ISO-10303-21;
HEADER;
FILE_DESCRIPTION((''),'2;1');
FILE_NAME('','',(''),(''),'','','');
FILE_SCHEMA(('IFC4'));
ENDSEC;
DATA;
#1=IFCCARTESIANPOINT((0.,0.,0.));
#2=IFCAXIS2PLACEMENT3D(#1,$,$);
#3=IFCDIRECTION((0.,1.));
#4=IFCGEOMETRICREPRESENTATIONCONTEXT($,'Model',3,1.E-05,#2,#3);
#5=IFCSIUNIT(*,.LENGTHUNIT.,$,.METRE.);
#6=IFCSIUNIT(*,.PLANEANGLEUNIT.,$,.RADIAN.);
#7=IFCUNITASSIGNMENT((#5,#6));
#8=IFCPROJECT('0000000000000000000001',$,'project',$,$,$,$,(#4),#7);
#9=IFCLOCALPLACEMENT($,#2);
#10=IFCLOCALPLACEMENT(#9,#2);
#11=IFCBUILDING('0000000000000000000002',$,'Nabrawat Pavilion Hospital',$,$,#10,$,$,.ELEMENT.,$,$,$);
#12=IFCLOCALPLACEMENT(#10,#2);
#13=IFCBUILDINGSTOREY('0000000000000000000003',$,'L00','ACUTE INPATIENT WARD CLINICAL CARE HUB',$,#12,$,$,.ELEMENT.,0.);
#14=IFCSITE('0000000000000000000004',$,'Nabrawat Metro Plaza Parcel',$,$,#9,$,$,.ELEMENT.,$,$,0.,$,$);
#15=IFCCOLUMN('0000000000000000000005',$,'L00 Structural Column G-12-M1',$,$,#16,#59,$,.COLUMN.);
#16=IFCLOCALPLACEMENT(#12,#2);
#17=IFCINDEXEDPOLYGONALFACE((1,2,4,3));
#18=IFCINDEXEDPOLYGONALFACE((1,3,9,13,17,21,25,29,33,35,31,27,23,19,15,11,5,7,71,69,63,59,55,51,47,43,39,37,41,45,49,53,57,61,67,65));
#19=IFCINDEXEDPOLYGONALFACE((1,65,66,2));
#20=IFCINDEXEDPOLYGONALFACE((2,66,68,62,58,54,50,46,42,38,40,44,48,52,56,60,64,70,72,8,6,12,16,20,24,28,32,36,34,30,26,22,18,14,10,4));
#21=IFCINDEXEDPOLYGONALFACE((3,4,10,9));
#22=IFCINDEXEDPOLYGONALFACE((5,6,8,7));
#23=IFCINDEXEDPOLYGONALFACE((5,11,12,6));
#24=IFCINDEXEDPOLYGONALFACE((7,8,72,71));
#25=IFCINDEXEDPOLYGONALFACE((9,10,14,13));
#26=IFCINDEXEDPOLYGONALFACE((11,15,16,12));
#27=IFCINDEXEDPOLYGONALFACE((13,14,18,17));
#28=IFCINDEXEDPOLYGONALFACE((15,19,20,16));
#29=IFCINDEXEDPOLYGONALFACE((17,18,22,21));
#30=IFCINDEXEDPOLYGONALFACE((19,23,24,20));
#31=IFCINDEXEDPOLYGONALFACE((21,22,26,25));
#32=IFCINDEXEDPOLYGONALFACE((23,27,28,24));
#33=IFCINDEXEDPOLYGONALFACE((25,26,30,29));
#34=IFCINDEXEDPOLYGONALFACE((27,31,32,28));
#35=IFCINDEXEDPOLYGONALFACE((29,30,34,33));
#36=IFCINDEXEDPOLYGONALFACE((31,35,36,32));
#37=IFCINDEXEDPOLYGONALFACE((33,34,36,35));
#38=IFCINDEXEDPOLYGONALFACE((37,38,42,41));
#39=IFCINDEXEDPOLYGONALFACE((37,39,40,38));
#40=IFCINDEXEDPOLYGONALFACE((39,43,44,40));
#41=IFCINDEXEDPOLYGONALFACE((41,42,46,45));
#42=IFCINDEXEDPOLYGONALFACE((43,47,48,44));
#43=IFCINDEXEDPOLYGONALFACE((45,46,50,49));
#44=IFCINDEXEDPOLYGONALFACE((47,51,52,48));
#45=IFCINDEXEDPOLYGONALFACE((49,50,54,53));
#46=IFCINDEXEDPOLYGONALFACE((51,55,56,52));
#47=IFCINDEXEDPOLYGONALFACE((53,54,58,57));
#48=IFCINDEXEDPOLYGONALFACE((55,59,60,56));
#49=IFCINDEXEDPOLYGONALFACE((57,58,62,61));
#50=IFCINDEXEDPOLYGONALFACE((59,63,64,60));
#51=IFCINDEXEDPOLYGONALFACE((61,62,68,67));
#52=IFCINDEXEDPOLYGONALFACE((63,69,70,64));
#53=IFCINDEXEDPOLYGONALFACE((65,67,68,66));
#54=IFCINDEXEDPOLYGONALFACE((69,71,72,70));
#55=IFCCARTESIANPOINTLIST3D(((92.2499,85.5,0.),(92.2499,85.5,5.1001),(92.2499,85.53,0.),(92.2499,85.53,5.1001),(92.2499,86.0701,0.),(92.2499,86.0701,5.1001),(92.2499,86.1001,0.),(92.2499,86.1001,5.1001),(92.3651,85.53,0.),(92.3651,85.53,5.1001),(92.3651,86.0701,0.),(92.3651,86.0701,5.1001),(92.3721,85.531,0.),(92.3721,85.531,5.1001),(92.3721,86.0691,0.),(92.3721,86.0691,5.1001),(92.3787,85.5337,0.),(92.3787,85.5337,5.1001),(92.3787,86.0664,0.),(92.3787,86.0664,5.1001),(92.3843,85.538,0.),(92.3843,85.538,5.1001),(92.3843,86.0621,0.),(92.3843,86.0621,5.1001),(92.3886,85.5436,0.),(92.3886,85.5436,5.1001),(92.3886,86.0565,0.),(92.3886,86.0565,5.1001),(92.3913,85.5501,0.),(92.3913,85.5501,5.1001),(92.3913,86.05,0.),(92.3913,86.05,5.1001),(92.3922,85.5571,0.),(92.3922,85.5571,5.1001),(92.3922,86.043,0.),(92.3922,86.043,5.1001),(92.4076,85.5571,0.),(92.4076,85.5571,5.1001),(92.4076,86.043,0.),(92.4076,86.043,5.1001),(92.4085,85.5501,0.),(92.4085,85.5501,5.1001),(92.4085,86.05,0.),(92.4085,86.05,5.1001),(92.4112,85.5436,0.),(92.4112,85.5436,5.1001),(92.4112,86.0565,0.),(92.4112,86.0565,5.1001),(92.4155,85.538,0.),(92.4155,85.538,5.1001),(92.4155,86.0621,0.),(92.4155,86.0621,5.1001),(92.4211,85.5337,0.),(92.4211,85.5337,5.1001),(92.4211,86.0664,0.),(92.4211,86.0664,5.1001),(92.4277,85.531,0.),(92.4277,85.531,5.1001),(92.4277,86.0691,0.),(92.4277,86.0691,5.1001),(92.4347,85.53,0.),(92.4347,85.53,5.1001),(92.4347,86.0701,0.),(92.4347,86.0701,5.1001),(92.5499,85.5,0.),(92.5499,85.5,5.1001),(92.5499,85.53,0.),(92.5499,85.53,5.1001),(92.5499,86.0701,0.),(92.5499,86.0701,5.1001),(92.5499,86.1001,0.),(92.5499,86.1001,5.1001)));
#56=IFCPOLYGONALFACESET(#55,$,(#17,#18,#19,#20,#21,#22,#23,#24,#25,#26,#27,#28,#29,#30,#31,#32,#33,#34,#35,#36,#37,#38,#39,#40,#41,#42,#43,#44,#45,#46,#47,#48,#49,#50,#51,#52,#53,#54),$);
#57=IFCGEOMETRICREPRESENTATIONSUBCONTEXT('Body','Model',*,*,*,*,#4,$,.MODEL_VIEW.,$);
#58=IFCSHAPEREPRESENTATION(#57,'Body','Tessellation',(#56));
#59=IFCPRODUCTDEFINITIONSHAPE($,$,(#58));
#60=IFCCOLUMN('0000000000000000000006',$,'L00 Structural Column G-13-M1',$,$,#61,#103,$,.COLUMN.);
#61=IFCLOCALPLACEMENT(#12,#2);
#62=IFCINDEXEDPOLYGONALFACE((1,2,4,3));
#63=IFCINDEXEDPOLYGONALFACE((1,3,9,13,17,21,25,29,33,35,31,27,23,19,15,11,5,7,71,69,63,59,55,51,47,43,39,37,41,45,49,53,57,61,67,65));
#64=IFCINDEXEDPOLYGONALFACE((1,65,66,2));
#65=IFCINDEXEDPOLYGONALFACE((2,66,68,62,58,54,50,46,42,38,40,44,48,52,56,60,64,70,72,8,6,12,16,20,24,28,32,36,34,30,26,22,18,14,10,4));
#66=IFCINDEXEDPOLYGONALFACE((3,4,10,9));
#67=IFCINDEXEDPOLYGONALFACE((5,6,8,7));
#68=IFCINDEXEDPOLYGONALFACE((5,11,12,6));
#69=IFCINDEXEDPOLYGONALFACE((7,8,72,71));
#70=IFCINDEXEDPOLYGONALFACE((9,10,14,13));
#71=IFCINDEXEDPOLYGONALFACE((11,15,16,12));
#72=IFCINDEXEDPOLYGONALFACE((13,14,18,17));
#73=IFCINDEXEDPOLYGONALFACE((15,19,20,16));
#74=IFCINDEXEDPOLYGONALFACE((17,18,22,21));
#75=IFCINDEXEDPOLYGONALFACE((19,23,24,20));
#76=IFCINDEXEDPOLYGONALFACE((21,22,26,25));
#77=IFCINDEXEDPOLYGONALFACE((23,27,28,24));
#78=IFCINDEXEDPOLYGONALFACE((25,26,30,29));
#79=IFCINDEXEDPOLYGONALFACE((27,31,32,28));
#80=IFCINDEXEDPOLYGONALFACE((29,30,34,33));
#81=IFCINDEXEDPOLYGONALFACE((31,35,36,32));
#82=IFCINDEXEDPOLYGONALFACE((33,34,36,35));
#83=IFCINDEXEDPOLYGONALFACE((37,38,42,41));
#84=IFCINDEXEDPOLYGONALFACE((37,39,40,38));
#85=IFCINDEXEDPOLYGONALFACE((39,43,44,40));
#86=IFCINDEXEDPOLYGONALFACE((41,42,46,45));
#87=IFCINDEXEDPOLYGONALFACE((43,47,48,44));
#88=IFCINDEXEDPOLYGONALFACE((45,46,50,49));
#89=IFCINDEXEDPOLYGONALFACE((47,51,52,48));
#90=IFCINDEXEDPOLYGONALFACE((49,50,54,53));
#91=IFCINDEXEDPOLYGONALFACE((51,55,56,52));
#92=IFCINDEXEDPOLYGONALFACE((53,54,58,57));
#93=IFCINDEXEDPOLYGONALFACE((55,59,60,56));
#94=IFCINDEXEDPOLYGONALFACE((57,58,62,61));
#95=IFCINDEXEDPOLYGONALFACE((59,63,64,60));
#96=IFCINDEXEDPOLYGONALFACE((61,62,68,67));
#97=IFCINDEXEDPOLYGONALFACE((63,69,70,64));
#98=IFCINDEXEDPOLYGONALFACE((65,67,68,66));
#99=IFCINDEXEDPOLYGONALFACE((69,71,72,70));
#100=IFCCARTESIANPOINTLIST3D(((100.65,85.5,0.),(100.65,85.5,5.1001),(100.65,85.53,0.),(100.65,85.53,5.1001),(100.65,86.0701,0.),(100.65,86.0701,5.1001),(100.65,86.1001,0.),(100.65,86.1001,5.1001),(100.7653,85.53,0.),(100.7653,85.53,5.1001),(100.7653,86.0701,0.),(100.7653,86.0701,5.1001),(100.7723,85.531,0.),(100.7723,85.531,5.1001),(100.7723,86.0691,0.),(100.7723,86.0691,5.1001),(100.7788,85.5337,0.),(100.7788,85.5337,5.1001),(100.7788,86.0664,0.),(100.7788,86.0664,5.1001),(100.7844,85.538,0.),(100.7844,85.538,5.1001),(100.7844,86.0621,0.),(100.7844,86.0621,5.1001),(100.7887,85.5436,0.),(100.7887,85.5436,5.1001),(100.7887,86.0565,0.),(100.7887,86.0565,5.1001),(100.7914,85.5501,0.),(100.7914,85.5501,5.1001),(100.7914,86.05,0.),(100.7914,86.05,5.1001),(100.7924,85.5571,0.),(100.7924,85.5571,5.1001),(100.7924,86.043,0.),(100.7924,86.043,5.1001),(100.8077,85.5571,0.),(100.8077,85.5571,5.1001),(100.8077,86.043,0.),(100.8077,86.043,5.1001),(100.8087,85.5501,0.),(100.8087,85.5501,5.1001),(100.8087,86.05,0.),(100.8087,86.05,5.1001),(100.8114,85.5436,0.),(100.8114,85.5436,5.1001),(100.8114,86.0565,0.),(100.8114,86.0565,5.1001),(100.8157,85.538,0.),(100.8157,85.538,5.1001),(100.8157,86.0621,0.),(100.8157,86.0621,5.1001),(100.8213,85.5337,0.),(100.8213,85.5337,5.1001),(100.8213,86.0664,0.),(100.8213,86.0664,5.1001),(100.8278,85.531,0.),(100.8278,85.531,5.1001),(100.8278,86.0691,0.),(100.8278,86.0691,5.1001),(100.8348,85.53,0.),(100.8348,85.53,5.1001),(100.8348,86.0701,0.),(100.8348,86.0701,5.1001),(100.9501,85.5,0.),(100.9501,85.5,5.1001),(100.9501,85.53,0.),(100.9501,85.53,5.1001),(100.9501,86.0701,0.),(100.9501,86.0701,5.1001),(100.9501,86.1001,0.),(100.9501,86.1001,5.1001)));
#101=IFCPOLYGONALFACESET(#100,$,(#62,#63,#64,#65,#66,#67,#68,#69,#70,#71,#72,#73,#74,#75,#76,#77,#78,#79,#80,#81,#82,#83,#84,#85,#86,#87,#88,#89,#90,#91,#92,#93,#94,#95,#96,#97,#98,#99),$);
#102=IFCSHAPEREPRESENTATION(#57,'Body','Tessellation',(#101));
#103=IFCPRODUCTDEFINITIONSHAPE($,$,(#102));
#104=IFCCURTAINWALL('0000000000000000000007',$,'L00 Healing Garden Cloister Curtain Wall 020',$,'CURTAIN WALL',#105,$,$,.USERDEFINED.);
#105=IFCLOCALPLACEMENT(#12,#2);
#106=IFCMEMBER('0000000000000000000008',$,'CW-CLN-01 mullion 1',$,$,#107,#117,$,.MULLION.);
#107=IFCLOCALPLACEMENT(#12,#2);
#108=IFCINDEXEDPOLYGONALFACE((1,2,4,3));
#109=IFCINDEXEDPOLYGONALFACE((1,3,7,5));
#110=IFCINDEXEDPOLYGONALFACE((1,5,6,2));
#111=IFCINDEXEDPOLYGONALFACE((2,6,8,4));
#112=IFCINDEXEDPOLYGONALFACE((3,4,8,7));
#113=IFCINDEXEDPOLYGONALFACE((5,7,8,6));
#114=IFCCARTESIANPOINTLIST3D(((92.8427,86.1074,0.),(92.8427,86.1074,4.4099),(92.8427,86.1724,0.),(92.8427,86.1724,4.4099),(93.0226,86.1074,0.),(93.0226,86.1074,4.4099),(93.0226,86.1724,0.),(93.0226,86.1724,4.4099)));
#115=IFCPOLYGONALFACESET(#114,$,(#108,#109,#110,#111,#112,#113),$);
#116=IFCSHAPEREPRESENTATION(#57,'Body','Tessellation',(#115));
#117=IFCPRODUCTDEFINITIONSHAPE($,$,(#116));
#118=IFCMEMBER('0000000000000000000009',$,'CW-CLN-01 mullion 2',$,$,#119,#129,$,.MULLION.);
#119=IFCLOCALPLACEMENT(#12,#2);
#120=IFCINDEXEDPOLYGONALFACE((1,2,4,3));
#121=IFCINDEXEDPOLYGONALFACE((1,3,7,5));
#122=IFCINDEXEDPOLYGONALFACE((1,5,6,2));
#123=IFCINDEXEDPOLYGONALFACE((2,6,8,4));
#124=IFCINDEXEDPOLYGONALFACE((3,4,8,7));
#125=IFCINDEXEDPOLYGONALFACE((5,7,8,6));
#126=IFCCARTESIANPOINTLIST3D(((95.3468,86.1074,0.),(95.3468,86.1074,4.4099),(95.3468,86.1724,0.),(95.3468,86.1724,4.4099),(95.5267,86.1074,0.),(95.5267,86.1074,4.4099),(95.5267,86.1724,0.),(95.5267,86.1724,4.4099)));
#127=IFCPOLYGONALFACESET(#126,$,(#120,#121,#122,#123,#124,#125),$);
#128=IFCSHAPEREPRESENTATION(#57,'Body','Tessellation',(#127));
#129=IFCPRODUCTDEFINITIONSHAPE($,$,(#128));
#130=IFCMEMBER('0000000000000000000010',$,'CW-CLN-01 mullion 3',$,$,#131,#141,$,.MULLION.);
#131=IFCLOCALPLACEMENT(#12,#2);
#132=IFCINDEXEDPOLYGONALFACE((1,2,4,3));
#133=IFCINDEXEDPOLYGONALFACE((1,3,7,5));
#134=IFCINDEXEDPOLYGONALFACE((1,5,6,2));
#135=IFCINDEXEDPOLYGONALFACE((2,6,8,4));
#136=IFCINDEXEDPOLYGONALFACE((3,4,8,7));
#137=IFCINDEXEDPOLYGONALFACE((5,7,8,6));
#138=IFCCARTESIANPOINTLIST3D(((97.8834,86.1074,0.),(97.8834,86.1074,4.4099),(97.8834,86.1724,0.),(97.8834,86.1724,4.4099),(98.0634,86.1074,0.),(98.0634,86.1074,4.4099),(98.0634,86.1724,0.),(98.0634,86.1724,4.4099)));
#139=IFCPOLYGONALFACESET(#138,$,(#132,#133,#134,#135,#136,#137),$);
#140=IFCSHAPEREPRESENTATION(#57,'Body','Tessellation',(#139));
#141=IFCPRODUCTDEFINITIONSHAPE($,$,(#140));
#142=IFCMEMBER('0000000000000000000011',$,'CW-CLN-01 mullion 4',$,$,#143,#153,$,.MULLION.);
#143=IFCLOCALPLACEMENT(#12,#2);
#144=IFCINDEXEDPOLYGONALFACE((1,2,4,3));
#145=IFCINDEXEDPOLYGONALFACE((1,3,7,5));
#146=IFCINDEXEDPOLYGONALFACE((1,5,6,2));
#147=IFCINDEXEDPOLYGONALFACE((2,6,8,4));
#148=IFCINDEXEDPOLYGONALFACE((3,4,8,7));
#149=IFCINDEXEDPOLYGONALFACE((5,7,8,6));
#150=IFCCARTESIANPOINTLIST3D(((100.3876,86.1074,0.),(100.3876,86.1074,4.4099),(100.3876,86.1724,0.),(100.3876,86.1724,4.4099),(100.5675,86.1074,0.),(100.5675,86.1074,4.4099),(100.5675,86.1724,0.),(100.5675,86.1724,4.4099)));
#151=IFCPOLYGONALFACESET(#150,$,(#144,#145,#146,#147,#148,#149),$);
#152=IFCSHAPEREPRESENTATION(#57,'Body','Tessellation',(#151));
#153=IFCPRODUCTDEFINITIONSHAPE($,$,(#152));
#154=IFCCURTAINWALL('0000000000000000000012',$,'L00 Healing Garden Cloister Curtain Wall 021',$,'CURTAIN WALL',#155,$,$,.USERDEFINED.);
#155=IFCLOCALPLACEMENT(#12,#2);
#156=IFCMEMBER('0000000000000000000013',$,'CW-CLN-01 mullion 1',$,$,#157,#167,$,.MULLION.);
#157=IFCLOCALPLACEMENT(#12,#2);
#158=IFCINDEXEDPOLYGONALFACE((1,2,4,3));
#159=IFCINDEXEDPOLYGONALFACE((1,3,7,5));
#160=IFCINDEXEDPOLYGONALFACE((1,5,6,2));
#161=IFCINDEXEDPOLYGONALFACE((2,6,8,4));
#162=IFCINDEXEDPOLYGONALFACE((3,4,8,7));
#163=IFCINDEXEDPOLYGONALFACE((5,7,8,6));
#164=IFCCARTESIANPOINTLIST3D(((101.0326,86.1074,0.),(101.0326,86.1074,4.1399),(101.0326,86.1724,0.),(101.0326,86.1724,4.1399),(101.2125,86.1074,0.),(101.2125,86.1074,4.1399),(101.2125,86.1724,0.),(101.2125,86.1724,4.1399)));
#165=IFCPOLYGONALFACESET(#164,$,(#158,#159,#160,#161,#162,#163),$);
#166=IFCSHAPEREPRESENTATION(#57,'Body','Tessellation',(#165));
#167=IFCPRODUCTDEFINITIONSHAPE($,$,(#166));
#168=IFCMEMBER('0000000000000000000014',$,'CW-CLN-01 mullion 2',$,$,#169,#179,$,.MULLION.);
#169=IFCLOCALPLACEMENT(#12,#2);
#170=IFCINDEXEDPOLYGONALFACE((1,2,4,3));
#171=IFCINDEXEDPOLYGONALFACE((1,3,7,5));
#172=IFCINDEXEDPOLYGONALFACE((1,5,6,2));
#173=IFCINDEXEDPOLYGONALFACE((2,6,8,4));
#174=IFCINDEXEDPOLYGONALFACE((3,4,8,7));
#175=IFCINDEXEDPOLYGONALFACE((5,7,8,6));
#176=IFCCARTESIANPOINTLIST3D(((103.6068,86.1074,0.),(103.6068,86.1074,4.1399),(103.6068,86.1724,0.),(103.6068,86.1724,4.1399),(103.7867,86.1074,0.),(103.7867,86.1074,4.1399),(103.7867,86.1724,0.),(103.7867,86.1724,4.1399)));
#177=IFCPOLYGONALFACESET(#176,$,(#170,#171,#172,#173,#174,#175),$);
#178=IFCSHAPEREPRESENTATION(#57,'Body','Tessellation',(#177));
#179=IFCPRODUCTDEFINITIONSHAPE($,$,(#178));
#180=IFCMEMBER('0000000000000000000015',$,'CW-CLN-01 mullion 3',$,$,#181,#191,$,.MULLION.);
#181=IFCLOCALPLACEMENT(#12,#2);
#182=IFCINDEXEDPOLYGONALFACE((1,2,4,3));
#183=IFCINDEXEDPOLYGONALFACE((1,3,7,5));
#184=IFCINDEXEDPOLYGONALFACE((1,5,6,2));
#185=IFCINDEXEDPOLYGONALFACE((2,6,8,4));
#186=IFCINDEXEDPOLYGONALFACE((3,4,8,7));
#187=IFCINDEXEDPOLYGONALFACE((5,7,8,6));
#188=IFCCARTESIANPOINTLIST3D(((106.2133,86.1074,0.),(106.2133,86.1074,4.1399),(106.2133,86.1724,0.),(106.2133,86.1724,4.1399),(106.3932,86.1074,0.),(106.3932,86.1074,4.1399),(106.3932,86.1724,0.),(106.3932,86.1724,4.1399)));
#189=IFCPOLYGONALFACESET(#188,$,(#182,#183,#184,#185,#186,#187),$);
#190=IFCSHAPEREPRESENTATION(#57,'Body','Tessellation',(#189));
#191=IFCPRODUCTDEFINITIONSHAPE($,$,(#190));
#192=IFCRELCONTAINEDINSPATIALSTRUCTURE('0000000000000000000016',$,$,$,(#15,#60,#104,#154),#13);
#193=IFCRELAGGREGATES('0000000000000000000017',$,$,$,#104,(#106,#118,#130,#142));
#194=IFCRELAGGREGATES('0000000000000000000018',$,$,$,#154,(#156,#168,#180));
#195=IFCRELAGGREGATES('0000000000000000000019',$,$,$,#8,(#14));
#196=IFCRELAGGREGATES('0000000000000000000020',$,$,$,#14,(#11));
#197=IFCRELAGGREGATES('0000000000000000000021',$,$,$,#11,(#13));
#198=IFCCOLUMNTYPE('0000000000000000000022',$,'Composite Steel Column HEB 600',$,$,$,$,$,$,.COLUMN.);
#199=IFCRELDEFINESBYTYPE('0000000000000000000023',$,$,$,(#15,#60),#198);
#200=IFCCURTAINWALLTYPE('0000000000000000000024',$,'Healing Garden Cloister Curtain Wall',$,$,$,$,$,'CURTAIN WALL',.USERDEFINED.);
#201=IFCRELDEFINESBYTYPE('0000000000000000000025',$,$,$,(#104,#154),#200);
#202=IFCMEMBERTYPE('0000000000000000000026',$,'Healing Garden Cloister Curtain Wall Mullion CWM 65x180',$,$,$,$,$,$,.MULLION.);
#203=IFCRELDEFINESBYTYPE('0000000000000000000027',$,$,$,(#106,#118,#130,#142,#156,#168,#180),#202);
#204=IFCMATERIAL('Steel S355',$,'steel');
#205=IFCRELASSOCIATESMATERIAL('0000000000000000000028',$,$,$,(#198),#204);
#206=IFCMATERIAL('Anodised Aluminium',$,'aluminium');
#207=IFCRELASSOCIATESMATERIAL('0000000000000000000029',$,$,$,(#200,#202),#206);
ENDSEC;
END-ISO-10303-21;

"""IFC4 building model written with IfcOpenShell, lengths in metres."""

from ifc_helpers import new_model, si_unit, direction, frame, origin, origin_2d, place, context, subcontext, project, spatial, rectangle, i_section, extrude, material, material_profile, profile_set, type_object, element, aggregate, save


model = new_model("IFC4")

# Units and contexts
model_context = context("Model", 3, precision=1e-05, world=origin(), true_north=direction((0.0, 1.0)))
body_context = subcontext(model_context, "Body", "Model", "MODEL_VIEW")
ifc_project = project(units=[si_unit("LENGTHUNIT", "METRE"), si_unit("PLANEANGLEUNIT", "RADIAN")], contexts=[model_context])

# Site, building, storey
site_placement = place(None, origin())
site = spatial("IfcSite", under=ifc_project, at=site_placement, Name="Nabrawat Metro Plaza Parcel", CompositionType="ELEMENT", RefElevation=0.0)
building_placement = place(site_placement, origin())
building = spatial("IfcBuilding", under=site, at=building_placement, Name="Nabrawat Pavilion Hospital", CompositionType="ELEMENT")
storey_placement = place(building_placement, origin())
storey = spatial("IfcBuildingStorey", under=building, at=storey_placement, Name="L00", Description="ACUTE INPATIENT WARD CLINICAL CARE HUB", CompositionType="ELEMENT", Elevation=0.0)

# Columns
ifc_material_1 = material(Name="Steel S355", Category="steel")
ifc_material_profile_1 = material_profile(ifc_material_1, i_section(OverallWidth=0.3, OverallDepth=0.6001, WebThickness=0.0154, FlangeThickness=0.03, FilletRadius=0.0271, at=origin_2d()), Name="HEB 600")
ifc_profile_set_1 = profile_set([ifc_material_profile_1], Name="Steel S355")
column_type = type_object("IfcColumnType", Name="Composite Steel Column HEB 600", PredefinedType="COLUMN", material=ifc_profile_set_1)
for number, where, z_axis, x_axis, name in (
    (1, (92.3999, 85.8, 0.0), (0.0, 0.0, 1.0), (1.0, 0.0, 0.0), "L00 Structural Column G-12-M1"),
    (2, (100.8, 85.8, 0.0), (0.0, 0.0, 1.0), (1.0, 0.0, 0.0), "L00 Structural Column G-13-M1"),
):
    element("IfcColumn", number, at=place(storey_placement, frame(where, z_axis=z_axis, x_axis=x_axis)), inside=storey, type_object=column_type, Name=name, PredefinedType="COLUMN", context=body_context, shape_type="SweptSolid", body=[
        extrude(i_section(OverallWidth=0.3, OverallDepth=0.6001, WebThickness=0.0154, FlangeThickness=0.03, FilletRadius=0.0271, at=origin_2d()), origin(), (0.0, 0.0, 1.0), 5.1001),
    ])

# Curtain walls, members
ifc_material_2 = material(Name="Anodised Aluminium", Category="aluminium")
curtain_wall_type = type_object("IfcCurtainWallType", Name="Healing Garden Cloister Curtain Wall", ElementType="CURTAIN WALL", PredefinedType="USERDEFINED", material=ifc_material_2)
curtain_wall_1_placement = place(storey_placement, origin())
curtain_wall_1 = element("IfcCurtainWall", 3, at=curtain_wall_1_placement, inside=storey, type_object=curtain_wall_type, Name="L00 Healing Garden Cloister Curtain Wall 020", ObjectType="CURTAIN WALL", PredefinedType="USERDEFINED")
ifc_material_profile_2 = material_profile(ifc_material_2, rectangle(XDim=0.0649, YDim=0.1799, at=origin_2d()), Name="CWM 65x180")
ifc_profile_set_2 = profile_set([ifc_material_profile_2], Name="Anodised Aluminium")
member_type_1 = type_object("IfcMemberType", Name="Healing Garden Cloister Curtain Wall Mullion CWM 65x180", PredefinedType="MULLION", material=ifc_profile_set_2)
member_1_placement = place(storey_placement, frame((92.9326, 86.1399, 0.0), z_axis=(0.0, 0.0, 1.0), x_axis=(0.0, 1.0, 0.0)))
member_1 = element("IfcMember", 4, at=member_1_placement, type_object=member_type_1, Name="CW-CLN-01 mullion 1", PredefinedType="MULLION", context=body_context, shape_type="SweptSolid", body=[
    extrude(rectangle(XDim=0.0649, YDim=0.1799, at=origin_2d()), origin(), (0.0, 0.0, 1.0), 4.4099),
])
member_2_placement = place(storey_placement, frame((95.4368, 86.1399, 0.0), z_axis=(0.0, 0.0, 1.0), x_axis=(0.0, 1.0, 0.0)))
member_2 = element("IfcMember", 5, at=member_2_placement, type_object=member_type_1, Name="CW-CLN-01 mullion 2", PredefinedType="MULLION", context=body_context, shape_type="SweptSolid", body=[
    extrude(rectangle(XDim=0.0649, YDim=0.1799, at=origin_2d()), origin(), (0.0, 0.0, 1.0), 4.4099),
])
member_3_placement = place(storey_placement, frame((97.9734, 86.1399, 0.0), z_axis=(0.0, 0.0, 1.0), x_axis=(0.0, 1.0, 0.0)))
member_3 = element("IfcMember", 6, at=member_3_placement, type_object=member_type_1, Name="CW-CLN-01 mullion 3", PredefinedType="MULLION", context=body_context, shape_type="SweptSolid", body=[
    extrude(rectangle(XDim=0.0649, YDim=0.1799, at=origin_2d()), origin(), (0.0, 0.0, 1.0), 4.4099),
])
member_4_placement = place(storey_placement, frame((100.4775, 86.1399, 0.0), z_axis=(0.0, 0.0, 1.0), x_axis=(0.0, 1.0, 0.0)))
member_4 = element("IfcMember", 7, at=member_4_placement, type_object=member_type_1, Name="CW-CLN-01 mullion 4", PredefinedType="MULLION", context=body_context, shape_type="SweptSolid", body=[
    extrude(rectangle(XDim=0.0649, YDim=0.1799, at=origin_2d()), origin(), (0.0, 0.0, 1.0), 4.4099),
])
curtain_wall_2_placement = place(storey_placement, origin())
curtain_wall_2 = element("IfcCurtainWall", 8, at=curtain_wall_2_placement, inside=storey, type_object=curtain_wall_type, Name="L00 Healing Garden Cloister Curtain Wall 021", ObjectType="CURTAIN WALL", PredefinedType="USERDEFINED")
member_5_placement = place(storey_placement, frame((101.1226, 86.1399, 0.0), z_axis=(0.0, 0.0, 1.0), x_axis=(0.0, 1.0, 0.0)))
member_5 = element("IfcMember", 9, at=member_5_placement, type_object=member_type_1, Name="CW-CLN-01 mullion 1", PredefinedType="MULLION", context=body_context, shape_type="SweptSolid", body=[
    extrude(rectangle(XDim=0.0649, YDim=0.1799, at=origin_2d()), origin(), (0.0, 0.0, 1.0), 4.1399),
])
member_6_placement = place(storey_placement, frame((103.6968, 86.1399, 0.0), z_axis=(0.0, 0.0, 1.0), x_axis=(0.0, 1.0, 0.0)))
member_6 = element("IfcMember", 10, at=member_6_placement, type_object=member_type_1, Name="CW-CLN-01 mullion 2", PredefinedType="MULLION", context=body_context, shape_type="SweptSolid", body=[
    extrude(rectangle(XDim=0.0649, YDim=0.1799, at=origin_2d()), origin(), (0.0, 0.0, 1.0), 4.1399),
])
member_7_placement = place(storey_placement, frame((106.3032, 86.1399, 0.0), z_axis=(0.0, 0.0, 1.0), x_axis=(0.0, 1.0, 0.0)))
member_7 = element("IfcMember", 11, at=member_7_placement, type_object=member_type_1, Name="CW-CLN-01 mullion 3", PredefinedType="MULLION", context=body_context, shape_type="SweptSolid", body=[
    extrude(rectangle(XDim=0.0649, YDim=0.1799, at=origin_2d()), origin(), (0.0, 0.0, 1.0), 4.1399),
])

aggregate(curtain_wall_1, [member_1, member_2, member_3, member_4])
aggregate(curtain_wall_2, [member_5, member_6, member_7])

save(model, "model.ifc")
